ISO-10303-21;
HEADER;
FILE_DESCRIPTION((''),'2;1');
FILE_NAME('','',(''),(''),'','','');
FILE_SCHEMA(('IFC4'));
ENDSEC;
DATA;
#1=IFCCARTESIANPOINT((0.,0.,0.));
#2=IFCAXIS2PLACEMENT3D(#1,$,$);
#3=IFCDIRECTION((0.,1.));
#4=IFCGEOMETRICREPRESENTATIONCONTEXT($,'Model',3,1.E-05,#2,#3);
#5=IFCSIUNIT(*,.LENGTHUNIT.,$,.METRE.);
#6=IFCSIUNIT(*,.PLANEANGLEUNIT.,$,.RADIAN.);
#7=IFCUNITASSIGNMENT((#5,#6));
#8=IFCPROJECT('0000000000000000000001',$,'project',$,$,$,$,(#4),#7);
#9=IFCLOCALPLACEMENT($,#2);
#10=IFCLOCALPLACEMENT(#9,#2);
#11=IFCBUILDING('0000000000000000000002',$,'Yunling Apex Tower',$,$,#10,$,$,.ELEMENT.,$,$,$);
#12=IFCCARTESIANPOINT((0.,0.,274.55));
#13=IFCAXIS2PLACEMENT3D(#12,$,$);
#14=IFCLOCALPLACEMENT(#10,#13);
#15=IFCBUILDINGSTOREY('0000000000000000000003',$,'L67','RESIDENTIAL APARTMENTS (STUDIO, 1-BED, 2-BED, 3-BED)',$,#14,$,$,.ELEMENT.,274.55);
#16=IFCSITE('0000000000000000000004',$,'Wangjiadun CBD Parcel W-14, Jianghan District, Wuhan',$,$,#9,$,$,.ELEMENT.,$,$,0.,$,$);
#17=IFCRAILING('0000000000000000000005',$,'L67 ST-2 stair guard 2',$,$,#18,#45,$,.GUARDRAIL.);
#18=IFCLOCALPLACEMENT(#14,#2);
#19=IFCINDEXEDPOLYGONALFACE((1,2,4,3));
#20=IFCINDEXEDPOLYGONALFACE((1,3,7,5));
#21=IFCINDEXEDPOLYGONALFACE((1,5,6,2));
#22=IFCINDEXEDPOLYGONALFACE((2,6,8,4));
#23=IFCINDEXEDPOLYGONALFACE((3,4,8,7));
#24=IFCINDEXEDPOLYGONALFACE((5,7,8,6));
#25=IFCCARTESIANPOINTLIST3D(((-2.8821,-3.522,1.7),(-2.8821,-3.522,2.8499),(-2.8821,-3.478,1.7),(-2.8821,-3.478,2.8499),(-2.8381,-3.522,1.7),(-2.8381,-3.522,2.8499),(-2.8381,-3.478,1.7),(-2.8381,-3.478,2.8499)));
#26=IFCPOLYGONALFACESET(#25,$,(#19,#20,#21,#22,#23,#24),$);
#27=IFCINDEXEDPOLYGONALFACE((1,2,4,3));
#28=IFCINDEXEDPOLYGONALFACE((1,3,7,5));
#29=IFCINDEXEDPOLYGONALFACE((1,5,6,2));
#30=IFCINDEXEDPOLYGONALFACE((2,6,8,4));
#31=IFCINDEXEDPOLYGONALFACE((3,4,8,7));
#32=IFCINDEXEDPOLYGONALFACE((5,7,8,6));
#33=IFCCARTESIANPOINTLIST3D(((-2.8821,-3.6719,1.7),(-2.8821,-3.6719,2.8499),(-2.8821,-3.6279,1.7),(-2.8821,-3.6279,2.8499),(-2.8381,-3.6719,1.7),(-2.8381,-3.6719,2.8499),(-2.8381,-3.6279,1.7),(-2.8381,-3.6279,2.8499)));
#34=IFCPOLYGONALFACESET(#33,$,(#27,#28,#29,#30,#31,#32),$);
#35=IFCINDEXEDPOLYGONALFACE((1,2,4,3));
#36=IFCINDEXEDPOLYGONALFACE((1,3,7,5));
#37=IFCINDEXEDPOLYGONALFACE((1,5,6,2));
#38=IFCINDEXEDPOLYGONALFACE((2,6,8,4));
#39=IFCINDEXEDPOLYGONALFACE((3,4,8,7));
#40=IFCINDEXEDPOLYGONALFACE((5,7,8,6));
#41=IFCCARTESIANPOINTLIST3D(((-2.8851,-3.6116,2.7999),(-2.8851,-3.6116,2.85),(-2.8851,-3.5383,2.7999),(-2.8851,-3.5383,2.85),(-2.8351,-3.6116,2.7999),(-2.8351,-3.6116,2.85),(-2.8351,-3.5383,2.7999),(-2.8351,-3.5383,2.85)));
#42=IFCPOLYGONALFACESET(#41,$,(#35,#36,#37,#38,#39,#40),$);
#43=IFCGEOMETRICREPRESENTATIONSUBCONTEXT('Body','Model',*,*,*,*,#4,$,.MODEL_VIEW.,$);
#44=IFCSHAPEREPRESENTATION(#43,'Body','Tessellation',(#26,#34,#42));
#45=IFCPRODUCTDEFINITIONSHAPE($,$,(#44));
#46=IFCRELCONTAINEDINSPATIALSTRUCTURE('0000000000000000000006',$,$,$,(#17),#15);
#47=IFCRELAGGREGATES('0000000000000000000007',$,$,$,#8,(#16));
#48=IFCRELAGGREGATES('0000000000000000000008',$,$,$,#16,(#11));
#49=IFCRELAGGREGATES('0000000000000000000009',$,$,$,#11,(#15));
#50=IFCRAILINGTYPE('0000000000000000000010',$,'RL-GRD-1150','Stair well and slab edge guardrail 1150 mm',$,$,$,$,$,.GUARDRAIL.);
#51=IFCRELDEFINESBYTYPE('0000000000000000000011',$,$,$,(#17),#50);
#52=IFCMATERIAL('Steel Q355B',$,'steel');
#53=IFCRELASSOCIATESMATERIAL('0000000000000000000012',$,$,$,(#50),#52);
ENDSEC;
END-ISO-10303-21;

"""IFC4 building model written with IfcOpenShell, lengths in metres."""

from ifc_helpers import new_model, si_unit, direction, frame, origin, origin_2d, place, context, subcontext, project, spatial, rectangle, extrude, material, type_object, element, save


model = new_model("IFC4")

# Units and contexts
model_context = context("Model", 3, precision=1e-05, world=origin(), true_north=direction((0.0, 1.0)))
body_context = subcontext(model_context, "Body", "Model", "MODEL_VIEW")
ifc_project = project(units=[si_unit("LENGTHUNIT", "METRE"), si_unit("PLANEANGLEUNIT", "RADIAN")], contexts=[model_context])

# Site, building, storey
site_placement = place(None, origin())
site = spatial("IfcSite", under=ifc_project, at=site_placement, Name="Wangjiadun CBD Parcel W-14, Jianghan District, Wuhan", CompositionType="ELEMENT", RefElevation=0.0)
building_placement = place(site_placement, origin())
building = spatial("IfcBuilding", under=site, at=building_placement, Name="Yunling Apex Tower", CompositionType="ELEMENT")
storey_placement = place(building_placement, frame((0.0, 0.0, 274.55)))
storey = spatial("IfcBuildingStorey", under=building, at=storey_placement, Name="L67", Description="RESIDENTIAL APARTMENTS (STUDIO, 1-BED, 2-BED, 3-BED)", CompositionType="ELEMENT", Elevation=274.55)

# Shared definitions
ifc_material_1 = material(Name="Steel Q355B", Category="steel")

# Railing
railing_type = type_object("IfcRailingType", Name="RL-GRD-1150", Description="Stair well and slab edge guardrail 1150 mm", PredefinedType="GUARDRAIL", material=ifc_material_1)
railing_placement = place(storey_placement, frame((-2.8601, -3.5, 1.7)))
element("IfcRailing", 1, at=railing_placement, inside=storey, type_object=railing_type, Name="L67 ST-2 stair guard 2", PredefinedType="GUARDRAIL", context=body_context, shape_type="SweptSolid", body=[
    extrude(rectangle(XDim=0.0439, YDim=0.0439, at=origin_2d()), origin(), (0.0, 0.0, 1.0), 1.1499),
    extrude(rectangle(XDim=0.0439, YDim=0.0439, at=origin_2d()), frame((0.0, -0.1499, 0.0)), (0.0, 0.0, 1.0), 1.1499),
    extrude(rectangle(XDim=0.05, YDim=0.05, at=origin_2d()), frame((0.0, -0.0383, 1.125), z_axis=(0.0, -1.0, 0.0), x_axis=(1.0, 0.0, 0.0)), (0.0, 0.0, 1.0), 0.0732),
])

save(model, "model.ifc")
